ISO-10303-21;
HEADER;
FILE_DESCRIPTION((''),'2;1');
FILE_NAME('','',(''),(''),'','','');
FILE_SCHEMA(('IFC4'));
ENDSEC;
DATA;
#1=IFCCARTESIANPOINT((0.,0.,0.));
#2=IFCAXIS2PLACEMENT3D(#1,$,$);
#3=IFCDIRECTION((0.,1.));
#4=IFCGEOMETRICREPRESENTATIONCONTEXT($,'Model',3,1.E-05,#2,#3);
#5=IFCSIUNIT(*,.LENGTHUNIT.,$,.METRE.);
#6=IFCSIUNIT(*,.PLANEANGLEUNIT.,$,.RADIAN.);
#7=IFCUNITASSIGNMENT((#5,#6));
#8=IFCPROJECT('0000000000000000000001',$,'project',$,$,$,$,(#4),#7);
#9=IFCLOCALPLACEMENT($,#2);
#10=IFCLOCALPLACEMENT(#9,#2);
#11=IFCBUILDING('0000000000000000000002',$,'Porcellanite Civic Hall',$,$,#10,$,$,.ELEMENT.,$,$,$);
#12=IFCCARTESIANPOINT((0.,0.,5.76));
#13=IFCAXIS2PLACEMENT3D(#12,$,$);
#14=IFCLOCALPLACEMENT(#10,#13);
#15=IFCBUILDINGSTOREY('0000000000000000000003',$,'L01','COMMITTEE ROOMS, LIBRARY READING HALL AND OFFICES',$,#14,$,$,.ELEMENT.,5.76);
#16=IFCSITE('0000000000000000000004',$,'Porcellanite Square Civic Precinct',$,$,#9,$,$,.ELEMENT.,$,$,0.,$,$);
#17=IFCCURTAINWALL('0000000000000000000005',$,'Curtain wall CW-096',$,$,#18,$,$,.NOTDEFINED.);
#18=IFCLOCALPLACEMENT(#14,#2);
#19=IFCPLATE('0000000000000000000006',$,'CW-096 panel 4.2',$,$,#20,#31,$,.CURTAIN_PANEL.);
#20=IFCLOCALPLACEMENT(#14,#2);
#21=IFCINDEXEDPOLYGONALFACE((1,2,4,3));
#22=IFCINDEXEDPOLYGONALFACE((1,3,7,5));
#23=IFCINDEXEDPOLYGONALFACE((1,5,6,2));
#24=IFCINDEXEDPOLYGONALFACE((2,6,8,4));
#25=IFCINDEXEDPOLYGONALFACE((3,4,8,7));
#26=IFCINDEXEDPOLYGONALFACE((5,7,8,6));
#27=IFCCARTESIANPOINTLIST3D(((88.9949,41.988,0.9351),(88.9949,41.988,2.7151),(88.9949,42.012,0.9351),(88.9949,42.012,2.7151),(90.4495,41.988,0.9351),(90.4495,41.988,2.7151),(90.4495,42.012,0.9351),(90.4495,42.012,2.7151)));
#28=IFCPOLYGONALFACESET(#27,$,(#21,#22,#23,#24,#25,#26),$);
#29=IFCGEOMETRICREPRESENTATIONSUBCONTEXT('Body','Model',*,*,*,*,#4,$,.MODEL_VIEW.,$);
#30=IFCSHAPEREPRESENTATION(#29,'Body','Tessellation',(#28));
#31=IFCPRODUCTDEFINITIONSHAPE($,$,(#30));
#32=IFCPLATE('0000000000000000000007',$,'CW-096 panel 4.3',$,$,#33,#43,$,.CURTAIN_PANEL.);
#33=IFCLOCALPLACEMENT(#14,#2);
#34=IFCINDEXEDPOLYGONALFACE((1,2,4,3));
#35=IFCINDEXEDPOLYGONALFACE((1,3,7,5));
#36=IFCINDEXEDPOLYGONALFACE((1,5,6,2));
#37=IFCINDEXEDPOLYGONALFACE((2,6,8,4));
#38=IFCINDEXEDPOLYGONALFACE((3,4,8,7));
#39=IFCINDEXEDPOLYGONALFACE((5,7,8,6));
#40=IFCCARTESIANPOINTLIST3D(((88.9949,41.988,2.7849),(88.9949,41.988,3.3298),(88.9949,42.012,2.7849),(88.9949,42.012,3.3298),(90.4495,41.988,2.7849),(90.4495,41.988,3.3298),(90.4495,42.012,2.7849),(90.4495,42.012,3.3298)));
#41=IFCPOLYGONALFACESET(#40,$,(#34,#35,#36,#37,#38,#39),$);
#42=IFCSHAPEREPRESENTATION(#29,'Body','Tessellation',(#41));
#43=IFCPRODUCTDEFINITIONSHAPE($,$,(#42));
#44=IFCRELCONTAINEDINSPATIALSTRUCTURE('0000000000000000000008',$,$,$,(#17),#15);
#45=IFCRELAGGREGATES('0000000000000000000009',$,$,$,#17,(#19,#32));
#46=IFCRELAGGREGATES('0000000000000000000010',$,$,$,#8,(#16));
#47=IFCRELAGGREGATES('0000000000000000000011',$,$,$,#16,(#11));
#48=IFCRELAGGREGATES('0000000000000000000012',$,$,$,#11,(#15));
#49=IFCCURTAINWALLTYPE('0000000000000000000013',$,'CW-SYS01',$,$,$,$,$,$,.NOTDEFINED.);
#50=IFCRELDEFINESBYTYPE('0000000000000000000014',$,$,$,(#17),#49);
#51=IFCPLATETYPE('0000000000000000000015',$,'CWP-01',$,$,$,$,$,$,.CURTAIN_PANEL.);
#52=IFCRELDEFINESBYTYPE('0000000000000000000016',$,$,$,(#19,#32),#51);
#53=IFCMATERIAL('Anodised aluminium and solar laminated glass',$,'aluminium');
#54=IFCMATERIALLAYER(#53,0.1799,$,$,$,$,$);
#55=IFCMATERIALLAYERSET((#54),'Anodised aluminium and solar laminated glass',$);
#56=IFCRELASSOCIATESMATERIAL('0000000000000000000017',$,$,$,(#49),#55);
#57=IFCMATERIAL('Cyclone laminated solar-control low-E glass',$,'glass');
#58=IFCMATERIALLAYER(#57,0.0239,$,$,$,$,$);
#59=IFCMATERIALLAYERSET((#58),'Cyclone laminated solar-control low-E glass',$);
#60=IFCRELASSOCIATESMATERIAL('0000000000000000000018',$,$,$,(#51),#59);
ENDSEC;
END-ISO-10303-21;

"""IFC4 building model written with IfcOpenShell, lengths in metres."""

from ifc_helpers import new_model, si_unit, direction, frame, origin, origin_2d, place, context, subcontext, project, spatial, rectangle, extrude, material, layer, layer_set, type_object, element, aggregate, save


model = new_model("IFC4")

# Units and contexts
model_context = context("Model", 3, precision=1e-05, world=origin(), true_north=direction((0.0, 1.0)))
body_context = subcontext(model_context, "Body", "Model", "MODEL_VIEW")
ifc_project = project(units=[si_unit("LENGTHUNIT", "METRE"), si_unit("PLANEANGLEUNIT", "RADIAN")], contexts=[model_context])

# Site, building, storey
site_placement = place(None, origin())
site = spatial("IfcSite", under=ifc_project, at=site_placement, Name="Porcellanite Square Civic Precinct", CompositionType="ELEMENT", RefElevation=0.0)
building_placement = place(site_placement, origin())
building = spatial("IfcBuilding", under=site, at=building_placement, Name="Porcellanite Civic Hall", CompositionType="ELEMENT")
storey_placement = place(building_placement, frame((0.0, 0.0, 5.76)))
storey = spatial("IfcBuildingStorey", under=building, at=storey_placement, Name="L01", Description="COMMITTEE ROOMS, LIBRARY READING HALL AND OFFICES", CompositionType="ELEMENT", Elevation=5.76)

# Curtain wall
ifc_material_1 = material(Name="Anodised aluminium and solar laminated glass", Category="aluminium")
ifc_layer_1 = layer(ifc_material_1, 0.1799)
ifc_layer_set_1 = layer_set([ifc_layer_1], Name="Anodised aluminium and solar laminated glass")
curtain_wall_type = type_object("IfcCurtainWallType", Name="CW-SYS01", PredefinedType="NOTDEFINED", material=ifc_layer_set_1)
curtain_wall_placement = place(storey_placement, origin())
curtain_wall = element("IfcCurtainWall", 1, at=curtain_wall_placement, inside=storey, type_object=curtain_wall_type, Name="Curtain wall CW-096", PredefinedType="NOTDEFINED")

# Plates
ifc_material_2 = material(Name="Cyclone laminated solar-control low-E glass", Category="glass")
ifc_layer_2 = layer(ifc_material_2, 0.0239)
ifc_layer_set_2 = layer_set([ifc_layer_2], Name="Cyclone laminated solar-control low-E glass")
plate_type = type_object("IfcPlateType", Name="CWP-01", PredefinedType="CURTAIN_PANEL", material=ifc_layer_set_2)
plate_1_placement = place(storey_placement, frame((89.7222, 42.0, 0.9351), z_axis=(0.0, 0.0, 1.0), x_axis=(1.0, 0.0, 0.0)))
plate_1 = element("IfcPlate", 2, at=plate_1_placement, type_object=plate_type, Name="CW-096 panel 4.2", PredefinedType="CURTAIN_PANEL", context=body_context, shape_type="SweptSolid", body=[
    extrude(rectangle(XDim=1.4546, YDim=0.0239, at=origin_2d()), origin(), (0.0, 0.0, 1.0), 1.78),
])
plate_2_placement = place(storey_placement, frame((89.7222, 42.0, 2.7849), z_axis=(0.0, 0.0, 1.0), x_axis=(1.0, 0.0, 0.0)))
plate_2 = element("IfcPlate", 3, at=plate_2_placement, type_object=plate_type, Name="CW-096 panel 4.3", PredefinedType="CURTAIN_PANEL", context=body_context, shape_type="SweptSolid", body=[
    extrude(rectangle(XDim=1.4546, YDim=0.0239, at=origin_2d()), origin(), (0.0, 0.0, 1.0), 0.5449),
])
aggregate(curtain_wall, [plate_1, plate_2])

save(model, "model.ifc")
